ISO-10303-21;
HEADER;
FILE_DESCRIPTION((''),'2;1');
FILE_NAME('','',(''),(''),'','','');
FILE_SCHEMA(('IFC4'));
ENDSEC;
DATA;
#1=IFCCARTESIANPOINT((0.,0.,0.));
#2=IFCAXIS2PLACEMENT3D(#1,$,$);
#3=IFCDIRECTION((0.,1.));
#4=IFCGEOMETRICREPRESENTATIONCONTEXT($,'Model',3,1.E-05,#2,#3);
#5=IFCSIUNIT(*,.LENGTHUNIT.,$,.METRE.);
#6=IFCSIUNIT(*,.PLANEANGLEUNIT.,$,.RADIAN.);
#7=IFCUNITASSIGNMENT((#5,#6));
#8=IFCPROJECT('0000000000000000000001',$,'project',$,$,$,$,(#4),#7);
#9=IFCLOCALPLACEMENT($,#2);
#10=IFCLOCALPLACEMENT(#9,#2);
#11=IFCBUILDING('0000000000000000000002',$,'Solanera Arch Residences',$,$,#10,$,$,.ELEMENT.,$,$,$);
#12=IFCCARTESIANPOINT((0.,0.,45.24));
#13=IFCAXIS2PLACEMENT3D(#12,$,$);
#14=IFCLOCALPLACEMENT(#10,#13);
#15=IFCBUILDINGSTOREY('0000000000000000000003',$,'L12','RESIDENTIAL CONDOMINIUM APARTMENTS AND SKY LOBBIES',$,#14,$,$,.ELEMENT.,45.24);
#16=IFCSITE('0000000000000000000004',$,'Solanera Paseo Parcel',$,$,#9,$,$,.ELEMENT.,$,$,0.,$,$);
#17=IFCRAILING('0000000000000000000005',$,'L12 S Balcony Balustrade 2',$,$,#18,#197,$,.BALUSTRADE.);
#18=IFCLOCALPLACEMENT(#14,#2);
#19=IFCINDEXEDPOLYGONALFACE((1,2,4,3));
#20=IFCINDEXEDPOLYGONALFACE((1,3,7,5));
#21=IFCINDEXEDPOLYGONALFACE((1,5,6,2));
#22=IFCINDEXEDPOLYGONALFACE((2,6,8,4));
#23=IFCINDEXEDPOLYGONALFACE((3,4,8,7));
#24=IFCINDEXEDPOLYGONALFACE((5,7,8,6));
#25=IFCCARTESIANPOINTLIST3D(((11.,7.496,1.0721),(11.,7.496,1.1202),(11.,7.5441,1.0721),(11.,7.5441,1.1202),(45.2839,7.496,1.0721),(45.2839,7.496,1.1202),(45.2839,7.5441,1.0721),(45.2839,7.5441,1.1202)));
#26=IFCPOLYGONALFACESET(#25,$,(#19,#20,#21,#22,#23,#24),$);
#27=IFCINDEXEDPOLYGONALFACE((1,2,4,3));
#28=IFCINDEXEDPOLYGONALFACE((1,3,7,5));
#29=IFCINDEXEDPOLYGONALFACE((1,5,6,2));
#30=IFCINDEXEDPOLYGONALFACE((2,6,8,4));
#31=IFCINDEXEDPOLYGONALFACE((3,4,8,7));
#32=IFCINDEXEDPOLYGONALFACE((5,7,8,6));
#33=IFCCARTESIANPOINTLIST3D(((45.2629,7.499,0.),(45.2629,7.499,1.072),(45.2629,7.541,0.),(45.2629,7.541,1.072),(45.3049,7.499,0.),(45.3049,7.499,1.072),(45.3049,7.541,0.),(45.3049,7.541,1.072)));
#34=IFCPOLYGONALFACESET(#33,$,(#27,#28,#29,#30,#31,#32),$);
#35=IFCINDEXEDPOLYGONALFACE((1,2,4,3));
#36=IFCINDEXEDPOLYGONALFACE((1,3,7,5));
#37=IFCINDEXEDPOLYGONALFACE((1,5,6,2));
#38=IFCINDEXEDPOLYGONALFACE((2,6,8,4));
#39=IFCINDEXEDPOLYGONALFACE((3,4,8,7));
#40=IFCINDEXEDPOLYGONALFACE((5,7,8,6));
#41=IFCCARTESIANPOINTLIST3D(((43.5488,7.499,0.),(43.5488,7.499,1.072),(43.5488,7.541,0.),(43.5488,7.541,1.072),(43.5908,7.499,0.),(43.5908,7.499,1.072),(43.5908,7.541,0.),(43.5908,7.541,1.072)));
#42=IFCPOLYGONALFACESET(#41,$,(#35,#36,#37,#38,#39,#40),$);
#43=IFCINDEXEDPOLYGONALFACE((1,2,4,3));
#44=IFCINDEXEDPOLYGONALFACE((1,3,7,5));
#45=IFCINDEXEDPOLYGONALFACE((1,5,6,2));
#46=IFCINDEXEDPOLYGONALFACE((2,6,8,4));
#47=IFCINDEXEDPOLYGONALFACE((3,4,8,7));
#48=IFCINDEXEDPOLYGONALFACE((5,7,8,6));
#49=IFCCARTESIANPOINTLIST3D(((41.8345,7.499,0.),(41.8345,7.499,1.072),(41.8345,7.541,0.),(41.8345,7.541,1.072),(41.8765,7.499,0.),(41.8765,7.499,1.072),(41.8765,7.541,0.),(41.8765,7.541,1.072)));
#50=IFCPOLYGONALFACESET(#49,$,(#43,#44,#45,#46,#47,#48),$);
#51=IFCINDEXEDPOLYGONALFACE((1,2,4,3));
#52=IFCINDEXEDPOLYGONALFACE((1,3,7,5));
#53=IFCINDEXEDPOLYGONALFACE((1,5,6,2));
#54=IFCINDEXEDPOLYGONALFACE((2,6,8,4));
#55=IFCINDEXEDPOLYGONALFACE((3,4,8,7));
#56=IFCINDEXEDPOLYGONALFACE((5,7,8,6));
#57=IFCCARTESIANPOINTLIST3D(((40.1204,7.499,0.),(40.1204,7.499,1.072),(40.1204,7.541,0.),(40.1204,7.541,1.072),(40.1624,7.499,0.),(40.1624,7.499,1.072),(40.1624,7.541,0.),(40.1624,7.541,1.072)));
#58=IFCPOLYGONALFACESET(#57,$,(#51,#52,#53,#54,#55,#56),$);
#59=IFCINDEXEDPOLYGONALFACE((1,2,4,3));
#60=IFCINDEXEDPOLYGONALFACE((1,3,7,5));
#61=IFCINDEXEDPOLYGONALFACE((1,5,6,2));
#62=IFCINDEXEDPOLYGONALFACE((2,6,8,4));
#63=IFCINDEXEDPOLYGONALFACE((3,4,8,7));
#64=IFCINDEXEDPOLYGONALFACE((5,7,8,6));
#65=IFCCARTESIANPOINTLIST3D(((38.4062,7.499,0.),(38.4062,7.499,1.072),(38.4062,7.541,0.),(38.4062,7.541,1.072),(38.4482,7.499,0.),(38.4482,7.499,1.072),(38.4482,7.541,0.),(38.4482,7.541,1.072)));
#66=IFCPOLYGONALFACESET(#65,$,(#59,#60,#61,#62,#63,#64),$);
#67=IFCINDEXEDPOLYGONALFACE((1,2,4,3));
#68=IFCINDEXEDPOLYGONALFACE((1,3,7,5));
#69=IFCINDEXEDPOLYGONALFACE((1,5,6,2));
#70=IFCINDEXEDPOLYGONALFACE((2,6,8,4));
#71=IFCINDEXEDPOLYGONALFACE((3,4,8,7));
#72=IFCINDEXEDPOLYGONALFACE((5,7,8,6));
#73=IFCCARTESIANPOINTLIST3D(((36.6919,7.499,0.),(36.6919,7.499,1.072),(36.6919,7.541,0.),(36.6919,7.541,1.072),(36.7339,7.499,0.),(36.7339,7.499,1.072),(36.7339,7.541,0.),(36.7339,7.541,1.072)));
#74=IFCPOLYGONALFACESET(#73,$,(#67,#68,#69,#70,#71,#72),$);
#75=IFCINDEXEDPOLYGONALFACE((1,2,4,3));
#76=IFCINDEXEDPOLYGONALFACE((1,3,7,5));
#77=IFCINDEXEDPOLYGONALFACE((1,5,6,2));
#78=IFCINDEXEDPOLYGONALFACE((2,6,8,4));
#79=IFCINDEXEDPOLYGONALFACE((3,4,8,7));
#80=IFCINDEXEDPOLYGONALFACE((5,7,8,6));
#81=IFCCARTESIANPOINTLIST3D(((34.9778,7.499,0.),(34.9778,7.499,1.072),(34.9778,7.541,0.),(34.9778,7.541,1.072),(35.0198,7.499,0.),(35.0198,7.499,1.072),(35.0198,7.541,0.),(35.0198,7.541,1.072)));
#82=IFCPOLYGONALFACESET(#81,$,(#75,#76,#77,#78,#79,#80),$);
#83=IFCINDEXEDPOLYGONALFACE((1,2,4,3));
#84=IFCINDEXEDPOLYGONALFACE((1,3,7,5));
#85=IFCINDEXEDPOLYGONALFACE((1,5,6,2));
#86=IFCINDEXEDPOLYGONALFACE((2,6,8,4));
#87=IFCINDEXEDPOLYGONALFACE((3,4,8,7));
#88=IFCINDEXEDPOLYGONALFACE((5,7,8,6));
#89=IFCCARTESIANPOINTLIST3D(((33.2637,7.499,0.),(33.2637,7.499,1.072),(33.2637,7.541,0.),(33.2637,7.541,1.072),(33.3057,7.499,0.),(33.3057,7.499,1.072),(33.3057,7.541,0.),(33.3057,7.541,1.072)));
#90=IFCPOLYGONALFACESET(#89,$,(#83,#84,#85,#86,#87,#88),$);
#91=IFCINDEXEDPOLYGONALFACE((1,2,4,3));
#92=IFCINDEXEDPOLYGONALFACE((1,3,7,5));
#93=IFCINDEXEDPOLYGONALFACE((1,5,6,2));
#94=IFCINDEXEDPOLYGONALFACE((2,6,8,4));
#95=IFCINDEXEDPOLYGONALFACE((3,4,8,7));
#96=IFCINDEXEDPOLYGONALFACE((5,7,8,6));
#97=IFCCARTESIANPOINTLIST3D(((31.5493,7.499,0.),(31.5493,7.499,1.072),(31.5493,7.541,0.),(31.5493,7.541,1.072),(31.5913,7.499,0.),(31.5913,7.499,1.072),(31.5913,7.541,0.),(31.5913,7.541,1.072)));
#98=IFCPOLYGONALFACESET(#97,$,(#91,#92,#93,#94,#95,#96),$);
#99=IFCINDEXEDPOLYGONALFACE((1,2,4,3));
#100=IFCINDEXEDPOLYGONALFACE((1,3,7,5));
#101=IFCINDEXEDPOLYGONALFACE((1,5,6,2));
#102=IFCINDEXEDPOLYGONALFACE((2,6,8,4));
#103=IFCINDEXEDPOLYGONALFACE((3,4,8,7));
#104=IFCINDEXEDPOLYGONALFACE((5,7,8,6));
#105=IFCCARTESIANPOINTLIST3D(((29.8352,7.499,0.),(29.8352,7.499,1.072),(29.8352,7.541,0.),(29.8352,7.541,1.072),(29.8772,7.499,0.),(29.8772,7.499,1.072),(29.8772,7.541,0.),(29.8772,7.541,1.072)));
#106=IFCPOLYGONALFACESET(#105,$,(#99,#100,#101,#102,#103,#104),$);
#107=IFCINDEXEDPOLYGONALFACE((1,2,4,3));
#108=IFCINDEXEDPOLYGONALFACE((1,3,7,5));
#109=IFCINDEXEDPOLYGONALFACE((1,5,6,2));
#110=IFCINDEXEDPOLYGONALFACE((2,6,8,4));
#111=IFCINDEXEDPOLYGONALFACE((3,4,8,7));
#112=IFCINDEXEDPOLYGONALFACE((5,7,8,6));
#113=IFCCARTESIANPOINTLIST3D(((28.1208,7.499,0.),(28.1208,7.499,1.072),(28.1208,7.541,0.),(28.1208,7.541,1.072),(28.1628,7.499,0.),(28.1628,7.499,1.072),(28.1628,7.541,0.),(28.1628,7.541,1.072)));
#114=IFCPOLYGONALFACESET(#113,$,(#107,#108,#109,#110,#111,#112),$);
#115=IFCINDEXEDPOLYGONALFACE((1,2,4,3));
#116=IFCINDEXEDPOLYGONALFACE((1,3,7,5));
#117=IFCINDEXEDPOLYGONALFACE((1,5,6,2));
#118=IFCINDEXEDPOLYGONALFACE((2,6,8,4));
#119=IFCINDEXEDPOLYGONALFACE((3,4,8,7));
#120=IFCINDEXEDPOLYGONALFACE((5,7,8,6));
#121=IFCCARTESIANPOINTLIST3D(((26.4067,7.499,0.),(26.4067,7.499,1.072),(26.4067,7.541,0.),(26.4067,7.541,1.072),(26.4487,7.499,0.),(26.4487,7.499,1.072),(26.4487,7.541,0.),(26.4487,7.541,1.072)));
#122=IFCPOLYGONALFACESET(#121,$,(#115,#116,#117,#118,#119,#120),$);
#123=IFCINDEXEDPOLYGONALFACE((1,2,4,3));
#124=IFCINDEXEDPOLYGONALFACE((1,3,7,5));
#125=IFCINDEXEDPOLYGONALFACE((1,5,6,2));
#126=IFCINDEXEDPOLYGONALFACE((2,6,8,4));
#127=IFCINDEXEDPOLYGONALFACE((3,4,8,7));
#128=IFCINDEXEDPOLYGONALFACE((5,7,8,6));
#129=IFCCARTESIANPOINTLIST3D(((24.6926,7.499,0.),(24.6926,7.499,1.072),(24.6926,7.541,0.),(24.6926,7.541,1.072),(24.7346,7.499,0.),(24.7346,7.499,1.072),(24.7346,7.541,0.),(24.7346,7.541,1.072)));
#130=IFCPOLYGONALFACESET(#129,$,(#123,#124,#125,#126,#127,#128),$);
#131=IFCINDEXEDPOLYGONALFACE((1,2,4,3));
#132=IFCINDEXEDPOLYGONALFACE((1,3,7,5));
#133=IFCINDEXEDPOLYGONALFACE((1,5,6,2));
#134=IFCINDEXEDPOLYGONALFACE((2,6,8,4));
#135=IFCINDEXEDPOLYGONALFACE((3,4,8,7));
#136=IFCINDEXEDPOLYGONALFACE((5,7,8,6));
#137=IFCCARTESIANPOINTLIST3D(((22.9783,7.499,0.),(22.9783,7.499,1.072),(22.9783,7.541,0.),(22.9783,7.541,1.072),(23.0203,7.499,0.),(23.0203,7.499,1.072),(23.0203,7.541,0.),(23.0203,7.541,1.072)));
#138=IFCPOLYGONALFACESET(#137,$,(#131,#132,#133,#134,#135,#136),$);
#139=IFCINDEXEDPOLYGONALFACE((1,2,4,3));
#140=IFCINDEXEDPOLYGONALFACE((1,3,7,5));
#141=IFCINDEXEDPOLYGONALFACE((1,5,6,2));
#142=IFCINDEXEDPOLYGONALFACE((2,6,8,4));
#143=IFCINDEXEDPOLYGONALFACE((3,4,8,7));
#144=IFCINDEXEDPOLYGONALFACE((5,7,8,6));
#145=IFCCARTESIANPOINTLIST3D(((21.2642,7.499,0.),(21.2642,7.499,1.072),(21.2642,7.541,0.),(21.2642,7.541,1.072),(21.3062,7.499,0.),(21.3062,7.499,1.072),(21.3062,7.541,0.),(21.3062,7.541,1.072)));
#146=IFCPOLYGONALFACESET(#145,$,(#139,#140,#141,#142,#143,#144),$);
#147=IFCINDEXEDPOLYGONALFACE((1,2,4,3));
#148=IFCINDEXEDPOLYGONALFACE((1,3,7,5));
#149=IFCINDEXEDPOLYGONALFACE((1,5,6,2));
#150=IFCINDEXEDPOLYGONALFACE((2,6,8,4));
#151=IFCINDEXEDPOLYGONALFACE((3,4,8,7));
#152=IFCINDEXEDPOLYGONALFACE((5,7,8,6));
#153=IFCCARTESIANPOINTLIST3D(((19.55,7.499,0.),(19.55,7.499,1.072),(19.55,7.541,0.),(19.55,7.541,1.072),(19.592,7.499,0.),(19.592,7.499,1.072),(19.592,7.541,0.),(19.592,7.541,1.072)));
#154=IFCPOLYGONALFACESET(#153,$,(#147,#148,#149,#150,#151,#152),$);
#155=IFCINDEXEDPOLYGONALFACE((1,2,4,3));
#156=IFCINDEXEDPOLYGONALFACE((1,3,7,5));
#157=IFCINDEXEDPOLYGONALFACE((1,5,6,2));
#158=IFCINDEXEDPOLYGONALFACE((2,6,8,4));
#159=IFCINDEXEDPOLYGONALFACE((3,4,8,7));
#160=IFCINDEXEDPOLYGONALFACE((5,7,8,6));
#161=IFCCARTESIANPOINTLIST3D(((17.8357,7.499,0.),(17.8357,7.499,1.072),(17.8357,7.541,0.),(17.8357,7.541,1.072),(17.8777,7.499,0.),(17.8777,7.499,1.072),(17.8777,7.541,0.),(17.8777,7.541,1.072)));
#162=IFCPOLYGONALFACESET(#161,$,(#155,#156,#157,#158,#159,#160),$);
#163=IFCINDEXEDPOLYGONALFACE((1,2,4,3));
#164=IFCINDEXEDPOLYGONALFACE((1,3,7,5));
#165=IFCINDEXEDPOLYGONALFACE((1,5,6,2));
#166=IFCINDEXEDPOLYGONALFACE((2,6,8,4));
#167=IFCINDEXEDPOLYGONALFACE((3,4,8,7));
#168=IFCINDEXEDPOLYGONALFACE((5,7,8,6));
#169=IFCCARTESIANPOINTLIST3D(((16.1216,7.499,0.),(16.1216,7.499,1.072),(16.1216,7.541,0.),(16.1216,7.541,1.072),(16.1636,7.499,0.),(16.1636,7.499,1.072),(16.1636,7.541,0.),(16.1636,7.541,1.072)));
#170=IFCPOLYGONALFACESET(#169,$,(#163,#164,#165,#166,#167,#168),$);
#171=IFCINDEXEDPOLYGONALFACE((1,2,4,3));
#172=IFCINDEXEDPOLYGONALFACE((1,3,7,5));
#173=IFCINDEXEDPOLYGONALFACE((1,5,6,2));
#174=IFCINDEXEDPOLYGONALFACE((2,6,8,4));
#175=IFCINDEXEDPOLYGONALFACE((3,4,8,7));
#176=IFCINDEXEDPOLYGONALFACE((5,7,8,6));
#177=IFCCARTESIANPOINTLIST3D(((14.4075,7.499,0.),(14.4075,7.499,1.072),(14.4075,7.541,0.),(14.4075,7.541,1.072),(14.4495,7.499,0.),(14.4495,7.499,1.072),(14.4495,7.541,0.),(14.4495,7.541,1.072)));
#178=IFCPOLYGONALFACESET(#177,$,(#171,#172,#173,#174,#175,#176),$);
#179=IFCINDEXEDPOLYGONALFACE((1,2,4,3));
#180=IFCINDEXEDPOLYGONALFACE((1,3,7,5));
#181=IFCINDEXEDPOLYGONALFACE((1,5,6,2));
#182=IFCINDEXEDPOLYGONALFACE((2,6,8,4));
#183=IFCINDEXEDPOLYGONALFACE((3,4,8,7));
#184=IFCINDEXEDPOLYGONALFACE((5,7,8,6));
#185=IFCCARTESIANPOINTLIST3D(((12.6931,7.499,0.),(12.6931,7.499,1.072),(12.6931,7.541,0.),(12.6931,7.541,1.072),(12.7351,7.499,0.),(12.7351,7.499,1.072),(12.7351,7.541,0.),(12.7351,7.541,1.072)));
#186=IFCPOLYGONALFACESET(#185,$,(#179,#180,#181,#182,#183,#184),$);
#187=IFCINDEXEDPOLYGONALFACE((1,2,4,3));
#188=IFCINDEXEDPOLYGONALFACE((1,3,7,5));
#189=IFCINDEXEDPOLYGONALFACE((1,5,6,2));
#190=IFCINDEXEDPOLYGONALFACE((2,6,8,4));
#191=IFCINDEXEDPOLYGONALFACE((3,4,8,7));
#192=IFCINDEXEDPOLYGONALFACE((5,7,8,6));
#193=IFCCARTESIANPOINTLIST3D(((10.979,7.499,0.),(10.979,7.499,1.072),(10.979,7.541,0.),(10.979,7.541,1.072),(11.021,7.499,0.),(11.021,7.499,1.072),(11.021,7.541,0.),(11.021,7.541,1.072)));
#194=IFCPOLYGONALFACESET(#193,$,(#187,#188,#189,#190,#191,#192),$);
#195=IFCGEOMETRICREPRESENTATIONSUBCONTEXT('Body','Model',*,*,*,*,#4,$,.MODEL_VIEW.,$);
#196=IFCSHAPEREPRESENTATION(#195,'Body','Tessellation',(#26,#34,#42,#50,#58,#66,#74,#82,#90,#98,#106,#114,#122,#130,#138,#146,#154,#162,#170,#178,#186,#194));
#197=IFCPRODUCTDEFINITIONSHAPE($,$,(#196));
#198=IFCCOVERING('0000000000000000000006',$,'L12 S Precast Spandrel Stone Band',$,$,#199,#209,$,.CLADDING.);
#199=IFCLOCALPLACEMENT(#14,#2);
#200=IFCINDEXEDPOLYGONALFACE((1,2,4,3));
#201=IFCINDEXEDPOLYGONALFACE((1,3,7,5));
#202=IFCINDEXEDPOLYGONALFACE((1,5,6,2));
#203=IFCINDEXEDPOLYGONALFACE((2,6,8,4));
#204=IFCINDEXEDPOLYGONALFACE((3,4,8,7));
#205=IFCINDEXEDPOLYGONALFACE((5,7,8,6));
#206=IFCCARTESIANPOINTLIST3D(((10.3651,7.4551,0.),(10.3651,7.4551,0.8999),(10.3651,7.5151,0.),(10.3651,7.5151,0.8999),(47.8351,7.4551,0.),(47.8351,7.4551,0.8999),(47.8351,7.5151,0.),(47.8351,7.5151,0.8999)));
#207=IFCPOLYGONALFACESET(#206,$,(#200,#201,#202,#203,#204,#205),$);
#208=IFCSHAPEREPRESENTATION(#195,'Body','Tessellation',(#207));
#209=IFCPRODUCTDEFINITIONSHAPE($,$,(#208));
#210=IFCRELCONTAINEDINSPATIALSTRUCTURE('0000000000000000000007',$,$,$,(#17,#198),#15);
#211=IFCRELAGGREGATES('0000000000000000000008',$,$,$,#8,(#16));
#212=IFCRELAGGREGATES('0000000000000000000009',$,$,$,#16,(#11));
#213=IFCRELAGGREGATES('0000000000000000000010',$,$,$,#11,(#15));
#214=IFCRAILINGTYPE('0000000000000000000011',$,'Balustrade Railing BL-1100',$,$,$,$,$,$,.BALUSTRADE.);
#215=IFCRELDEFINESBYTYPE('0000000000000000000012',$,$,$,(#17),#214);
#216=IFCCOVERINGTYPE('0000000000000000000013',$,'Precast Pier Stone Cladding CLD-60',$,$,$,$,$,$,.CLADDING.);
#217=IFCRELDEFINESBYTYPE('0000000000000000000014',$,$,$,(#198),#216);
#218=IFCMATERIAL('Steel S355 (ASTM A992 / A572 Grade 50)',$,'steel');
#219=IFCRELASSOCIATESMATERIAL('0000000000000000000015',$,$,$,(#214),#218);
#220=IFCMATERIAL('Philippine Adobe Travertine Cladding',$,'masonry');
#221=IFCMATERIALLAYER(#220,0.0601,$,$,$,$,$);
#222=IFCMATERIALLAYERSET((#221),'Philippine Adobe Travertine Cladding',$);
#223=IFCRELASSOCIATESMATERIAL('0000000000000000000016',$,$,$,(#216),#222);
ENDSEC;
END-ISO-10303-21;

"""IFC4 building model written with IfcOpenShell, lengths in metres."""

from ifc_helpers import new_model, si_unit, direction, frame, frame_2d, origin, origin_2d, place, context, subcontext, project, spatial, rectangle, extrude, material, layer, layer_set, type_object, element, save


model = new_model("IFC4")

# Units and contexts
model_context = context("Model", 3, precision=1e-05, world=origin(), true_north=direction((0.0, 1.0)))
body_context = subcontext(model_context, "Body", "Model", "MODEL_VIEW")
ifc_project = project(units=[si_unit("LENGTHUNIT", "METRE"), si_unit("PLANEANGLEUNIT", "RADIAN")], contexts=[model_context])

# Site, building, storey
site_placement = place(None, origin())
site = spatial("IfcSite", under=ifc_project, at=site_placement, Name="Solanera Paseo Parcel", CompositionType="ELEMENT", RefElevation=0.0)
building_placement = place(site_placement, origin())
building = spatial("IfcBuilding", under=site, at=building_placement, Name="Solanera Arch Residences", CompositionType="ELEMENT")
storey_placement = place(building_placement, frame((0.0, 0.0, 45.24)))
storey = spatial("IfcBuildingStorey", under=building, at=storey_placement, Name="L12", Description="RESIDENTIAL CONDOMINIUM APARTMENTS AND SKY LOBBIES", CompositionType="ELEMENT", Elevation=45.24)

# Railing
ifc_material_1 = material(Name="Steel S355 (ASTM A992 / A572 Grade 50)", Category="steel")
railing_type = type_object("IfcRailingType", Name="Balustrade Railing BL-1100", PredefinedType="BALUSTRADE", material=ifc_material_1)
railing_1_placement = place(storey_placement, frame((45.2839, 7.52, 0.0)))
element("IfcRailing", 1, at=railing_1_placement, inside=storey, type_object=railing_type, Name="L12 S Balcony Balustrade 2", PredefinedType="BALUSTRADE", context=body_context, shape_type="SweptSolid", body=[
    extrude(rectangle(XDim=0.0481, YDim=0.0481, at=origin_2d()), frame((0.0, 0.0, 1.0962), z_axis=(-1.0, 0.0, 0.0), x_axis=(0.0, -1.0, 0.0)), (0.0, 0.0, 1.0), 34.2839),
    extrude(rectangle(XDim=0.042, YDim=0.042, at=origin_2d()), origin(), (0.0, 0.0, 1.0), 1.072),
    extrude(rectangle(XDim=0.042, YDim=0.042, at=origin_2d()), frame((-1.7141, 0.0, 0.0)), (0.0, 0.0, 1.0), 1.072),
    extrude(rectangle(XDim=0.042, YDim=0.042, at=origin_2d()), frame((-3.4285, 0.0, 0.0)), (0.0, 0.0, 1.0), 1.072),
    extrude(rectangle(XDim=0.042, YDim=0.042, at=origin_2d()), frame((-5.1426, 0.0, 0.0)), (0.0, 0.0, 1.0), 1.072),
    extrude(rectangle(XDim=0.042, YDim=0.042, at=origin_2d()), frame((-6.8567, 0.0, 0.0)), (0.0, 0.0, 1.0), 1.072),
    extrude(rectangle(XDim=0.042, YDim=0.042, at=origin_2d()), frame((-8.571, 0.0, 0.0)), (0.0, 0.0, 1.0), 1.072),
    extrude(rectangle(XDim=0.042, YDim=0.042, at=origin_2d()), frame((-10.2852, 0.0, 0.0)), (0.0, 0.0, 1.0), 1.072),
    extrude(rectangle(XDim=0.042, YDim=0.042, at=origin_2d()), frame((-11.9993, 0.0, 0.0)), (0.0, 0.0, 1.0), 1.072),
    extrude(rectangle(XDim=0.042, YDim=0.042, at=origin_2d()), frame((-13.7136, 0.0, 0.0)), (0.0, 0.0, 1.0), 1.072),
    extrude(rectangle(XDim=0.042, YDim=0.042, at=origin_2d()), frame((-15.4277, 0.0, 0.0)), (0.0, 0.0, 1.0), 1.072),
    extrude(rectangle(XDim=0.042, YDim=0.042, at=origin_2d()), frame((-17.1421, 0.0, 0.0)), (0.0, 0.0, 1.0), 1.072),
    extrude(rectangle(XDim=0.042, YDim=0.042, at=origin_2d()), frame((-18.8562, 0.0, 0.0)), (0.0, 0.0, 1.0), 1.072),
    extrude(rectangle(XDim=0.042, YDim=0.042, at=origin_2d()), frame((-20.5703, 0.0, 0.0)), (0.0, 0.0, 1.0), 1.072),
    extrude(rectangle(XDim=0.042, YDim=0.042, at=origin_2d()), frame((-22.2847, 0.0, 0.0)), (0.0, 0.0, 1.0), 1.072),
    extrude(rectangle(XDim=0.042, YDim=0.042, at=origin_2d()), frame((-23.9988, 0.0, 0.0)), (0.0, 0.0, 1.0), 1.072),
    extrude(rectangle(XDim=0.042, YDim=0.042, at=origin_2d()), frame((-25.7129, 0.0, 0.0)), (0.0, 0.0, 1.0), 1.072),
    extrude(rectangle(XDim=0.042, YDim=0.042, at=origin_2d()), frame((-27.4272, 0.0, 0.0)), (0.0, 0.0, 1.0), 1.072),
    extrude(rectangle(XDim=0.042, YDim=0.042, at=origin_2d()), frame((-29.1414, 0.0, 0.0)), (0.0, 0.0, 1.0), 1.072),
    extrude(rectangle(XDim=0.042, YDim=0.042, at=origin_2d()), frame((-30.8555, 0.0, 0.0)), (0.0, 0.0, 1.0), 1.072),
    extrude(rectangle(XDim=0.042, YDim=0.042, at=origin_2d()), frame((-32.5698, 0.0, 0.0)), (0.0, 0.0, 1.0), 1.072),
    extrude(rectangle(XDim=0.042, YDim=0.042, at=origin_2d()), frame((-34.2839, 0.0, 0.0)), (0.0, 0.0, 1.0), 1.072),
])

# Covering
ifc_material_2 = material(Name="Philippine Adobe Travertine Cladding", Category="masonry")
ifc_layer_1 = layer(ifc_material_2, 0.0601)
ifc_layer_set_1 = layer_set([ifc_layer_1], Name="Philippine Adobe Travertine Cladding")
covering_type = type_object("IfcCoveringType", Name="Precast Pier Stone Cladding CLD-60", PredefinedType="CLADDING", material=ifc_layer_set_1)
covering_placement = place(storey_placement, frame((47.835, 7.4851, 0.0), z_axis=(0.0, 0.0, 1.0), x_axis=(-1.0, 0.0, 0.0)))
element("IfcCovering", 2, at=covering_placement, inside=storey, type_object=covering_type, Name="L12 S Precast Spandrel Stone Band", PredefinedType="CLADDING", context=body_context, shape_type="SweptSolid", body=[
    extrude(rectangle(XDim=37.47, YDim=0.0601, at=frame_2d((18.7349, 0.0))), origin(), (0.0, 0.0, 1.0), 0.8999),
])

save(model, "model.ifc")
